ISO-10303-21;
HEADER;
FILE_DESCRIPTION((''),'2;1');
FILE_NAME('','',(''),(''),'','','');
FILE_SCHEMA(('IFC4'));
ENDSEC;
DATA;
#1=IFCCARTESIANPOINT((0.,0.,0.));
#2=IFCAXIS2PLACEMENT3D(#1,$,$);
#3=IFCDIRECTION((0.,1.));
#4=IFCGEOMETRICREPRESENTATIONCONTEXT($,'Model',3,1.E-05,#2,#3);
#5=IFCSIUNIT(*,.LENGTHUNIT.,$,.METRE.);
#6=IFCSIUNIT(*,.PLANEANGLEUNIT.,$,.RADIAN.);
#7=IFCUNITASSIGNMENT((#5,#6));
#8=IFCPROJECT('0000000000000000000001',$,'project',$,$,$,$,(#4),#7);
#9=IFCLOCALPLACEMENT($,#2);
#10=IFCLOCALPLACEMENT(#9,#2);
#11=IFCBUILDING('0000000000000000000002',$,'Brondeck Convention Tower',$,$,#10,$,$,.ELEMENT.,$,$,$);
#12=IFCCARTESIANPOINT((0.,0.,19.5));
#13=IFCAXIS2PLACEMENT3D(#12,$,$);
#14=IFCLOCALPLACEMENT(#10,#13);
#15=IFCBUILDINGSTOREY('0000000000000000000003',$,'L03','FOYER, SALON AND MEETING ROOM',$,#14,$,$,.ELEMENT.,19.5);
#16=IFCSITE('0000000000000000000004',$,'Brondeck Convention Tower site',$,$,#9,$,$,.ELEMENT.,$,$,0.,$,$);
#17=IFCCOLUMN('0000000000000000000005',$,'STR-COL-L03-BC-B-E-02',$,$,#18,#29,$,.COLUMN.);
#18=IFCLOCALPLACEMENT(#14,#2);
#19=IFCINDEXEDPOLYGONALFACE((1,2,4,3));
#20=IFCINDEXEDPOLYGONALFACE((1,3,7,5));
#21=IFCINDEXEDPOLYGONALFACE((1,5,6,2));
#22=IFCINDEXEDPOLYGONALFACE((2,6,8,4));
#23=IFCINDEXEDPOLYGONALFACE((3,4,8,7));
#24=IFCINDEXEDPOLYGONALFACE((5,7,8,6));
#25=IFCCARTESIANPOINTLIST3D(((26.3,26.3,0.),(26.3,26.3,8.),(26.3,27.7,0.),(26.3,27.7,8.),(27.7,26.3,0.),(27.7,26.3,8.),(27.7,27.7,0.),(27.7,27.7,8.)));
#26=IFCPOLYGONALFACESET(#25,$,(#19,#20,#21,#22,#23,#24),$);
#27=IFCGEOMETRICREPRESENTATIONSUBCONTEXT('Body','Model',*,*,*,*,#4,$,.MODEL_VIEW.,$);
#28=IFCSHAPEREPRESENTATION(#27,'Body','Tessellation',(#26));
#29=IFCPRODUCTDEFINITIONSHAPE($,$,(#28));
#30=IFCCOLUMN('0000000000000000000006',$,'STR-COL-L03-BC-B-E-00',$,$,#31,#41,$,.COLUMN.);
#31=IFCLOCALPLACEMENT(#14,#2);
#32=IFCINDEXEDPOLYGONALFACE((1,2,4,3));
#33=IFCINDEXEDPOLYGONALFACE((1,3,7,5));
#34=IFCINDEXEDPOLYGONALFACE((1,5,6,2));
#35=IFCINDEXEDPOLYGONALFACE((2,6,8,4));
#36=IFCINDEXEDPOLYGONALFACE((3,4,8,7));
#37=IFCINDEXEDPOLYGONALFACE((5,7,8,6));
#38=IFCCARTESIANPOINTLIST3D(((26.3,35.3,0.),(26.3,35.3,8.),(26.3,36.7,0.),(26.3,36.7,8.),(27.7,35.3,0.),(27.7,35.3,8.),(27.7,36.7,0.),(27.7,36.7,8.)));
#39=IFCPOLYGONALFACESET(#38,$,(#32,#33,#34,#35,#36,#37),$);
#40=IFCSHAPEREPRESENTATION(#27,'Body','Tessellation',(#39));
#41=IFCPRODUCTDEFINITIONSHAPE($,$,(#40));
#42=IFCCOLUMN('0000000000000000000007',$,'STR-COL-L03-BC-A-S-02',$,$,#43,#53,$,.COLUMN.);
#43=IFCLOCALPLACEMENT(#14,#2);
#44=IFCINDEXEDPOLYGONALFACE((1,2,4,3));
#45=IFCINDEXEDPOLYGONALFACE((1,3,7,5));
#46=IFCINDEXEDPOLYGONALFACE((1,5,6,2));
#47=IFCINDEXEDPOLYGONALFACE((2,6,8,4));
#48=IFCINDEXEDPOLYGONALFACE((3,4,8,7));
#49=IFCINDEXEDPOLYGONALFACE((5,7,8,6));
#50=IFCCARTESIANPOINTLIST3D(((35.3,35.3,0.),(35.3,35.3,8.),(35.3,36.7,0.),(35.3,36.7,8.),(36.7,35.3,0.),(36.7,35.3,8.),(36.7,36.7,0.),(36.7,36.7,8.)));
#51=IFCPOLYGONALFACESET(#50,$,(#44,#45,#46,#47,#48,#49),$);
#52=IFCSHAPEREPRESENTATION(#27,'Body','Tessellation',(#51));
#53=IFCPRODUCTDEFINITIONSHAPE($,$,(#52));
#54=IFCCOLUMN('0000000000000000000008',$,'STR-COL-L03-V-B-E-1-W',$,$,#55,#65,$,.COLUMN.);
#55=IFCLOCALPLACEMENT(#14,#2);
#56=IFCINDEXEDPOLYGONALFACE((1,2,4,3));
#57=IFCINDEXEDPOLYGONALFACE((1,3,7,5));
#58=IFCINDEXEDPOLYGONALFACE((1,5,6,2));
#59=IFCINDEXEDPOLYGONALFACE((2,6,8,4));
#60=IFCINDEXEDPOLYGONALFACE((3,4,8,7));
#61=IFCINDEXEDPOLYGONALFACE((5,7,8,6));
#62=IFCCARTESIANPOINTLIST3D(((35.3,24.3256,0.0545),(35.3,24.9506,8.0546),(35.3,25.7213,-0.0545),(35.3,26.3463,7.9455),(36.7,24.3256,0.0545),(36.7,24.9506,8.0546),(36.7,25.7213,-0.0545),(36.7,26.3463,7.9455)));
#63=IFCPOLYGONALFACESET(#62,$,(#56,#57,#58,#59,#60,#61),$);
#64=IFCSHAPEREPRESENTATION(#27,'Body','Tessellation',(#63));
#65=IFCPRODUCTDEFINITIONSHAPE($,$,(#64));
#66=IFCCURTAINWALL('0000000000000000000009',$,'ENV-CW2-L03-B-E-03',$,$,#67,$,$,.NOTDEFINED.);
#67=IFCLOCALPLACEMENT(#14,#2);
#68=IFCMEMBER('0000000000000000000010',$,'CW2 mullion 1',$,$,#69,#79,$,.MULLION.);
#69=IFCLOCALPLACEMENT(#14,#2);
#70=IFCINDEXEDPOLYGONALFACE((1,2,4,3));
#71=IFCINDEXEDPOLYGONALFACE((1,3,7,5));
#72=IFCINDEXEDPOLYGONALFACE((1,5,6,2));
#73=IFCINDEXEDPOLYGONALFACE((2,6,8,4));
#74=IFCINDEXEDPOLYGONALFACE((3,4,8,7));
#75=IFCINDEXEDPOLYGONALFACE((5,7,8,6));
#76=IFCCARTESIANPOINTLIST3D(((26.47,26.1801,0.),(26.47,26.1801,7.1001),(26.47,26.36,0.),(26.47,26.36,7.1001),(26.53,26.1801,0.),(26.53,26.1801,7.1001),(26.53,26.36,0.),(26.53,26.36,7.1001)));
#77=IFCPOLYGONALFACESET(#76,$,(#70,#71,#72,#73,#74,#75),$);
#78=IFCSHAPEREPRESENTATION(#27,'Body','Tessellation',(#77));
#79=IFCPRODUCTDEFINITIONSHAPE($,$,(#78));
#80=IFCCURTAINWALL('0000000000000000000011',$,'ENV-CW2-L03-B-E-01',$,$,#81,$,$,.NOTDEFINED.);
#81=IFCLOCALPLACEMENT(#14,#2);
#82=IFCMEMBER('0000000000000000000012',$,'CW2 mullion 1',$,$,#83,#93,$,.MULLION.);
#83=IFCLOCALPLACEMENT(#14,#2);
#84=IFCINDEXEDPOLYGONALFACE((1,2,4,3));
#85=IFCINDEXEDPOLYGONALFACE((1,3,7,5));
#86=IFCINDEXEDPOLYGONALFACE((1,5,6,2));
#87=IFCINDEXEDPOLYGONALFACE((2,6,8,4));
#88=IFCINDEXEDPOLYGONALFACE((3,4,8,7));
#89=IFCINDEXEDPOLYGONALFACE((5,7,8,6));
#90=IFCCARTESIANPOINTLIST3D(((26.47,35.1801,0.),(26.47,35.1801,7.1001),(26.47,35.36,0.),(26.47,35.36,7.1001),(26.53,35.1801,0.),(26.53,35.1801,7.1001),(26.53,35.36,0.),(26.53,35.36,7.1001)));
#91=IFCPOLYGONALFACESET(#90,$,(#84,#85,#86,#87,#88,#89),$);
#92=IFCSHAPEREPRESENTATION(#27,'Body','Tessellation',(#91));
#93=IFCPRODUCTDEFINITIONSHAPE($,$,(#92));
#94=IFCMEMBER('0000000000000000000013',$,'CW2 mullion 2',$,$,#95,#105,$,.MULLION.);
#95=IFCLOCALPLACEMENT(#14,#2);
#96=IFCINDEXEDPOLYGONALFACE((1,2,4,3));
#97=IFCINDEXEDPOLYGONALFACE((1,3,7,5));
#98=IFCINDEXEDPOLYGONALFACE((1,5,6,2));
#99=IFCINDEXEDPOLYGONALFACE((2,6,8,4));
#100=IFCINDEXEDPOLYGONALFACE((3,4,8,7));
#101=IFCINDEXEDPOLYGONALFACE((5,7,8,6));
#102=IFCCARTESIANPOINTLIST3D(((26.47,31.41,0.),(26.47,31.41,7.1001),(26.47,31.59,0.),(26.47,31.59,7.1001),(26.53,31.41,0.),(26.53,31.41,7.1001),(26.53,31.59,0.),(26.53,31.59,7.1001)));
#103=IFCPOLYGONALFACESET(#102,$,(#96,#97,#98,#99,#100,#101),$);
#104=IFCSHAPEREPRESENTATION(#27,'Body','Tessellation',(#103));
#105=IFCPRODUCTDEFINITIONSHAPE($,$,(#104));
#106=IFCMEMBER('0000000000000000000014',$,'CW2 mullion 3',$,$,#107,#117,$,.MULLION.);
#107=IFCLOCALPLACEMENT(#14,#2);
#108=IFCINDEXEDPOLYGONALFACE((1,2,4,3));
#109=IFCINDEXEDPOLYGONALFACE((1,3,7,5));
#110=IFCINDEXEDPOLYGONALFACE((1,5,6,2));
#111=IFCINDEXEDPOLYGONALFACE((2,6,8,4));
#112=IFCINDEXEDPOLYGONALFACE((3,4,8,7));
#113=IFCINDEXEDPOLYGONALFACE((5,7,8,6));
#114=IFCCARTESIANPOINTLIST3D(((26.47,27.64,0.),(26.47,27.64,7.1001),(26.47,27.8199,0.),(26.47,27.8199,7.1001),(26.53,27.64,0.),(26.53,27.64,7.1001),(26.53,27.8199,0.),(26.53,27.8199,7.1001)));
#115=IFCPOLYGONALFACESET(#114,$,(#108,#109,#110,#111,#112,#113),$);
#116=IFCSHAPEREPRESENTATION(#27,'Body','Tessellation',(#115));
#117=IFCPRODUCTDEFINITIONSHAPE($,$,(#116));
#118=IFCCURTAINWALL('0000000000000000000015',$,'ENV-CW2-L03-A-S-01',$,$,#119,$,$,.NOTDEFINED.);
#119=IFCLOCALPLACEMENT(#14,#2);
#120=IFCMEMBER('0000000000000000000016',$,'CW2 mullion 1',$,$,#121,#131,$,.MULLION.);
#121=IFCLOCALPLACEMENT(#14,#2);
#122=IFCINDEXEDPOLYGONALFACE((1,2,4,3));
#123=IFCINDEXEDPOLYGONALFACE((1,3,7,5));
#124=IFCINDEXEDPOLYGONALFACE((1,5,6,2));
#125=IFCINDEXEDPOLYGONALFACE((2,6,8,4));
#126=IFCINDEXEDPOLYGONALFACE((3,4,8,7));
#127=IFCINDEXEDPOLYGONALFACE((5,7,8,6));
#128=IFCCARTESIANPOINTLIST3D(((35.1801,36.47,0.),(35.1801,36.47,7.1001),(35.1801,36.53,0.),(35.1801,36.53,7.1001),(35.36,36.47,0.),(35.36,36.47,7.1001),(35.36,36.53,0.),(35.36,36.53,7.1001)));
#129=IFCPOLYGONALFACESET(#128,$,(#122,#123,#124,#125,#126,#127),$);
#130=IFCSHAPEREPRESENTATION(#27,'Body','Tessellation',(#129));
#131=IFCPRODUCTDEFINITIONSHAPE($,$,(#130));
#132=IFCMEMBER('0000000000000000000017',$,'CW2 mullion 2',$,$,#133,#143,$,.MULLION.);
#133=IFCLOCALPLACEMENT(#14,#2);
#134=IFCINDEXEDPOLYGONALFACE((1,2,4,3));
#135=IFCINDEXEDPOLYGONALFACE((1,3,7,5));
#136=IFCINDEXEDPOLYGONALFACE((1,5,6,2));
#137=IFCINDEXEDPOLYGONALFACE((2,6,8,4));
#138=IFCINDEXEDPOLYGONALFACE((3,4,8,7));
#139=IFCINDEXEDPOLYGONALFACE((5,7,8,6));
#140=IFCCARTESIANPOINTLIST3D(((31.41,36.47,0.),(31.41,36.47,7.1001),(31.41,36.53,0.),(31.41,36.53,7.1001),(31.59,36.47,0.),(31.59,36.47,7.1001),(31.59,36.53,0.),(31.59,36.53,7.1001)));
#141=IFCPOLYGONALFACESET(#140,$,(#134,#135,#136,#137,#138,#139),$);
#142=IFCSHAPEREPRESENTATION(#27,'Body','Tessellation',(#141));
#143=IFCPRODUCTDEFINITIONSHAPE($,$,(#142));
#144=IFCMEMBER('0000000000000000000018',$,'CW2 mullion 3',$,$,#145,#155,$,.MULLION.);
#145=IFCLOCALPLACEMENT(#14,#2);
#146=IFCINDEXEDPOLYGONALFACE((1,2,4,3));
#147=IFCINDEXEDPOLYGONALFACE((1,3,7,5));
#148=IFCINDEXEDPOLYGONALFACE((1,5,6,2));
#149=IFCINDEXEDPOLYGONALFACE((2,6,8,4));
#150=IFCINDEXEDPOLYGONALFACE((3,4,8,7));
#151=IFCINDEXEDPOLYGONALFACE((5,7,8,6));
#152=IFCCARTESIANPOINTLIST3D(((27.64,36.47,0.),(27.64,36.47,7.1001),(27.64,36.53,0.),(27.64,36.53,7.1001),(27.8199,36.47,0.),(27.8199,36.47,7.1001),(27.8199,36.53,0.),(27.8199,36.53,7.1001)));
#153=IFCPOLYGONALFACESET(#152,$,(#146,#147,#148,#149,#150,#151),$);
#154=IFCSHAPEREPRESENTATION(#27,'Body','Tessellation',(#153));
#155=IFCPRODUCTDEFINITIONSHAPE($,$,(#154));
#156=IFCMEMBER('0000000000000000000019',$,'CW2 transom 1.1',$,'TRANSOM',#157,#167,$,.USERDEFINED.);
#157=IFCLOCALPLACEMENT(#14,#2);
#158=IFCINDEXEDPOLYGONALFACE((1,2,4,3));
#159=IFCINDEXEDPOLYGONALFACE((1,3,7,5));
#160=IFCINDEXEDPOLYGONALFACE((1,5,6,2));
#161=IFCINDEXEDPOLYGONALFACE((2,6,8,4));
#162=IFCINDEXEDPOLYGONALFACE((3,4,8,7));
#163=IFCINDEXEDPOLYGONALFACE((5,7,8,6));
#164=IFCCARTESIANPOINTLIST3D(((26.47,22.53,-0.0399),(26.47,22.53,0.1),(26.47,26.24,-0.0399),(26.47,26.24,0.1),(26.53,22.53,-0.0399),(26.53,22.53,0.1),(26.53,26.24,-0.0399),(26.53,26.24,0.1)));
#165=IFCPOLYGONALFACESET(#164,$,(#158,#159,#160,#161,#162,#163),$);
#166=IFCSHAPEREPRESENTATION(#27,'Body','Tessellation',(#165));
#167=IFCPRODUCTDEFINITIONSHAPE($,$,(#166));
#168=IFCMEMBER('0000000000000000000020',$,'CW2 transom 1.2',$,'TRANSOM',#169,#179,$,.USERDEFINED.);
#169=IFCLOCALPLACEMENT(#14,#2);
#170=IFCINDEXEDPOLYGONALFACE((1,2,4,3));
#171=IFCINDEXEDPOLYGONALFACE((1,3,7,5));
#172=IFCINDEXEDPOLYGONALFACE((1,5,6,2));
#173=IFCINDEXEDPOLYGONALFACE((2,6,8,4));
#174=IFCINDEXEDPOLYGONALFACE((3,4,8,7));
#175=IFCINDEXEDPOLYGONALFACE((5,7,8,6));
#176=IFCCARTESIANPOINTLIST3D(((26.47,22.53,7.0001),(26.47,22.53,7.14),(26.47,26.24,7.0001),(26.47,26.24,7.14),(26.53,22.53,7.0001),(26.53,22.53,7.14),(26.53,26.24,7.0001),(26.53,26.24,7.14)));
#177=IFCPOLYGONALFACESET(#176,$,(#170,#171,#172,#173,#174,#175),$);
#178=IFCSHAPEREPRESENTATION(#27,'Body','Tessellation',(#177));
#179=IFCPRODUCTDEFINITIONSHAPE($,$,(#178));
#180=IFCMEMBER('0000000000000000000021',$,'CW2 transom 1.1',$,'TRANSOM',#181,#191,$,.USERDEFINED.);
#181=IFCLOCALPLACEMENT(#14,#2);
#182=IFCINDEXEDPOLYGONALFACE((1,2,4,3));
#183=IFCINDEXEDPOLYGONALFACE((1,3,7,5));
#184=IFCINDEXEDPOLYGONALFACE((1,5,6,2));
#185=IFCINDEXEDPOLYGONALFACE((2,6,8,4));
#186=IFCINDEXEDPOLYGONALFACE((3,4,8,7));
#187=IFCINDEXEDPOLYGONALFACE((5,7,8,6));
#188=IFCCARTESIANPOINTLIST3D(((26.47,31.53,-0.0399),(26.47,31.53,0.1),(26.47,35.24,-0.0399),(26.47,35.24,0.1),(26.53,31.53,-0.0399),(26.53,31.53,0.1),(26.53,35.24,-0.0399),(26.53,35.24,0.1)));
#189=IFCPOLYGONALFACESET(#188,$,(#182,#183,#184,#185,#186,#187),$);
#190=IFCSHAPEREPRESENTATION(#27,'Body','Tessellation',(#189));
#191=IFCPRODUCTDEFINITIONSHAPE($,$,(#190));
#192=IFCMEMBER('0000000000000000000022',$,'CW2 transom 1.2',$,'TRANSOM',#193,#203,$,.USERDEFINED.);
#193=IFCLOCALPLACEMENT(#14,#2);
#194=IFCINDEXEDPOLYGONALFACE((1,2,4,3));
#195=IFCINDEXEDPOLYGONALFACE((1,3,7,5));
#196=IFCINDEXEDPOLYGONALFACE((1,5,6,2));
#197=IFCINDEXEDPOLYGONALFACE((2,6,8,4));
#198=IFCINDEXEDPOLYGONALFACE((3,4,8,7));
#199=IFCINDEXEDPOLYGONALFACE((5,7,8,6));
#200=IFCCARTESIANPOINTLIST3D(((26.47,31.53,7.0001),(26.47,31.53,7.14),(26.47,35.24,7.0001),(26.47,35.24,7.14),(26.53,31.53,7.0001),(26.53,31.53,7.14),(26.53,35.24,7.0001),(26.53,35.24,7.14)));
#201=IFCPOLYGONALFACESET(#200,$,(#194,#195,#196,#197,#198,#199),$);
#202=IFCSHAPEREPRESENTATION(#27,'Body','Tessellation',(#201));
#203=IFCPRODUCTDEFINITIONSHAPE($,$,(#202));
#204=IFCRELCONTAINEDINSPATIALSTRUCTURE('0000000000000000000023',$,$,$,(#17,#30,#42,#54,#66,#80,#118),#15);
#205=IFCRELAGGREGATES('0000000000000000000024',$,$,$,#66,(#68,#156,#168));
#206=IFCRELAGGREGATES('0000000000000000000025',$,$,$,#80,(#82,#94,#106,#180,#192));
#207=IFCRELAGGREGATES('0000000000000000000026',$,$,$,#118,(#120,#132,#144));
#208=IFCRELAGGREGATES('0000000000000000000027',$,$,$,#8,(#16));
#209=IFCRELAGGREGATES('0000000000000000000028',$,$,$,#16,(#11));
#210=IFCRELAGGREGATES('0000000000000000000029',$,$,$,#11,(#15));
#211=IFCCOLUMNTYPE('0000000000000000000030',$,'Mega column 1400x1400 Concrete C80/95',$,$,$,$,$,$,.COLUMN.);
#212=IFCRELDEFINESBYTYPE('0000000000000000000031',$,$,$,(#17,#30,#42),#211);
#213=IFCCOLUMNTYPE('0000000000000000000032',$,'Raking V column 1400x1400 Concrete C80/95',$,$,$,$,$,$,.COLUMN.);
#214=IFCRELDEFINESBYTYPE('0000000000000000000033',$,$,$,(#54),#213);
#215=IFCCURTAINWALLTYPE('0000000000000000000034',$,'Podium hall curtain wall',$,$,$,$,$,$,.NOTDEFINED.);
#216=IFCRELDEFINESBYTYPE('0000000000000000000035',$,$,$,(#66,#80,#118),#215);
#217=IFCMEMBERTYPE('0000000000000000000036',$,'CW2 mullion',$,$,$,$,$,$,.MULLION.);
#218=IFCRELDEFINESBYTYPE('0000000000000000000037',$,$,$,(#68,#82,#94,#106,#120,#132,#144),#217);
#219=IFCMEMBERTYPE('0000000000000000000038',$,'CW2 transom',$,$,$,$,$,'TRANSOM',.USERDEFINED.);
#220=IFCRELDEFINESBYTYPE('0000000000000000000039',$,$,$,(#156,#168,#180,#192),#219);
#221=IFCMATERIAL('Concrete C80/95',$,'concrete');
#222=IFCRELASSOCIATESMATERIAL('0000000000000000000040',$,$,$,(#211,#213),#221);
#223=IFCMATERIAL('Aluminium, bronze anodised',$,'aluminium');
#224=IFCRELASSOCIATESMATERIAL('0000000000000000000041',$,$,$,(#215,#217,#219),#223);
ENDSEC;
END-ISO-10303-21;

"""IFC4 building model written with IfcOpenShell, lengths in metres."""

from ifc_helpers import new_model, si_unit, direction, frame, origin, origin_2d, place, context, subcontext, project, spatial, rectangle, extrude, material, material_profile, profile_set, type_object, element, aggregate, save


model = new_model("IFC4")

# Units and contexts
model_context = context("Model", 3, precision=1e-05, world=origin(), true_north=direction((0.0, 1.0)))
body_context = subcontext(model_context, "Body", "Model", "MODEL_VIEW")
ifc_project = project(units=[si_unit("LENGTHUNIT", "METRE"), si_unit("PLANEANGLEUNIT", "RADIAN")], contexts=[model_context])

# Site, building, storey
site_placement = place(None, origin())
site = spatial("IfcSite", under=ifc_project, at=site_placement, Name="Brondeck Convention Tower site", CompositionType="ELEMENT", RefElevation=0.0)
building_placement = place(site_placement, origin())
building = spatial("IfcBuilding", under=site, at=building_placement, Name="Brondeck Convention Tower", CompositionType="ELEMENT")
storey_placement = place(building_placement, frame((0.0, 0.0, 19.5)))
storey = spatial("IfcBuildingStorey", under=building, at=storey_placement, Name="L03", Description="FOYER, SALON AND MEETING ROOM", CompositionType="ELEMENT", Elevation=19.5)

# Columns
ifc_material_1 = material(Name="Concrete C80/95", Category="concrete")
ifc_material_profile_1 = material_profile(ifc_material_1, rectangle(XDim=1.3999, YDim=1.3999, at=origin_2d()), Name="Mega column 1400x1400 Concrete C80/95")
ifc_profile_set_1 = profile_set([ifc_material_profile_1], Name="Concrete C80/95")
column_type_1 = type_object("IfcColumnType", Name="Mega column 1400x1400 Concrete C80/95", PredefinedType="COLUMN", material=ifc_profile_set_1)
for number, where, z_axis, x_axis, name in (
    (1, (27.0, 27.0, 0.0), (0.0, 0.0, 1.0), (1.0, 0.0, 0.0), "STR-COL-L03-BC-B-E-02"),
    (2, (27.0, 36.0, 0.0), (0.0, 0.0, 1.0), (1.0, 0.0, 0.0), "STR-COL-L03-BC-B-E-00"),
    (3, (36.0, 36.0, 0.0), (0.0, 0.0, 1.0), (1.0, 0.0, 0.0), "STR-COL-L03-BC-A-S-02"),
):
    element("IfcColumn", number, at=place(storey_placement, frame(where, z_axis=z_axis, x_axis=x_axis)), inside=storey, type_object=column_type_1, Name=name, PredefinedType="COLUMN", context=body_context, shape_type="SweptSolid", body=[
        extrude(rectangle(XDim=1.3999, YDim=1.3999, at=origin_2d()), origin(), (0.0, 0.0, 1.0), 8.0),
    ])
ifc_material_profile_2 = material_profile(ifc_material_1, rectangle(XDim=1.3999, YDim=1.3999, at=origin_2d()), Name="Raking V column 1400x1400 Concrete C80/95")
ifc_profile_set_2 = profile_set([ifc_material_profile_2], Name="Concrete C80/95")
column_type_2 = type_object("IfcColumnType", Name="Raking V column 1400x1400 Concrete C80/95", PredefinedType="COLUMN", material=ifc_profile_set_2)
column_placement = place(storey_placement, frame((36.0, 25.0234, 0.0), z_axis=(0.0, 0.077888, 0.996962), x_axis=(-1.0, 0.0, 0.0)))
element("IfcColumn", 4, at=column_placement, inside=storey, type_object=column_type_2, Name="STR-COL-L03-V-B-E-1-W", PredefinedType="COLUMN", context=body_context, shape_type="SweptSolid", body=[
    extrude(rectangle(XDim=1.3999, YDim=1.3999, at=origin_2d()), origin(), (0.0, 0.0, 1.0), 8.0244),
])

# Curtain wall, member
ifc_material_2 = material(Name="Aluminium, bronze anodised", Category="aluminium")
curtain_wall_type = type_object("IfcCurtainWallType", Name="Podium hall curtain wall", PredefinedType="NOTDEFINED", material=ifc_material_2)
curtain_wall_1_placement = place(storey_placement, origin())
curtain_wall_1 = element("IfcCurtainWall", 5, at=curtain_wall_1_placement, inside=storey, type_object=curtain_wall_type, Name="ENV-CW2-L03-B-E-03", PredefinedType="NOTDEFINED")
ifc_material_profile_3 = material_profile(ifc_material_2, rectangle(XDim=0.0601, YDim=0.1799, at=origin_2d()), Name="CW2 mullion")
ifc_profile_set_3 = profile_set([ifc_material_profile_3], Name="Aluminium, bronze anodised")
member_type_1 = type_object("IfcMemberType", Name="CW2 mullion", PredefinedType="MULLION", material=ifc_profile_set_3)
member_1_placement = place(storey_placement, frame((26.5, 26.27, 0.0), z_axis=(0.0, 0.0, 1.0), x_axis=(1.0, 0.0, 0.0)))
member_1 = element("IfcMember", 6, at=member_1_placement, type_object=member_type_1, Name="CW2 mullion 1", PredefinedType="MULLION", context=body_context, shape_type="SweptSolid", body=[
    extrude(rectangle(XDim=0.0601, YDim=0.1799, at=origin_2d()), origin(), (0.0, 0.0, 1.0), 7.1001),
])

# Curtain walls, members
curtain_wall_2_placement = place(storey_placement, origin())
curtain_wall_2 = element("IfcCurtainWall", 7, at=curtain_wall_2_placement, inside=storey, type_object=curtain_wall_type, Name="ENV-CW2-L03-B-E-01", PredefinedType="NOTDEFINED")
member_2_placement = place(storey_placement, frame((26.5, 35.27, 0.0), z_axis=(0.0, 0.0, 1.0), x_axis=(1.0, 0.0, 0.0)))
member_2 = element("IfcMember", 8, at=member_2_placement, type_object=member_type_1, Name="CW2 mullion 1", PredefinedType="MULLION", context=body_context, shape_type="SweptSolid", body=[
    extrude(rectangle(XDim=0.0601, YDim=0.1799, at=origin_2d()), origin(), (0.0, 0.0, 1.0), 7.1001),
])
member_3_placement = place(storey_placement, frame((26.5, 31.5, 0.0), z_axis=(0.0, 0.0, 1.0), x_axis=(1.0, 0.0, 0.0)))
member_3 = element("IfcMember", 9, at=member_3_placement, type_object=member_type_1, Name="CW2 mullion 2", PredefinedType="MULLION", context=body_context, shape_type="SweptSolid", body=[
    extrude(rectangle(XDim=0.0601, YDim=0.1799, at=origin_2d()), origin(), (0.0, 0.0, 1.0), 7.1001),
])
member_4_placement = place(storey_placement, frame((26.5, 27.73, 0.0), z_axis=(0.0, 0.0, 1.0), x_axis=(1.0, 0.0, 0.0)))
member_4 = element("IfcMember", 10, at=member_4_placement, type_object=member_type_1, Name="CW2 mullion 3", PredefinedType="MULLION", context=body_context, shape_type="SweptSolid", body=[
    extrude(rectangle(XDim=0.0601, YDim=0.1799, at=origin_2d()), origin(), (0.0, 0.0, 1.0), 7.1001),
])
curtain_wall_3_placement = place(storey_placement, origin())
curtain_wall_3 = element("IfcCurtainWall", 11, at=curtain_wall_3_placement, inside=storey, type_object=curtain_wall_type, Name="ENV-CW2-L03-A-S-01", PredefinedType="NOTDEFINED")
member_5_placement = place(storey_placement, frame((35.27, 36.5, 0.0), z_axis=(0.0, 0.0, 1.0), x_axis=(0.0, -1.0, 0.0)))
member_5 = element("IfcMember", 12, at=member_5_placement, type_object=member_type_1, Name="CW2 mullion 1", PredefinedType="MULLION", context=body_context, shape_type="SweptSolid", body=[
    extrude(rectangle(XDim=0.0601, YDim=0.1799, at=origin_2d()), origin(), (0.0, 0.0, 1.0), 7.1001),
])
member_6_placement = place(storey_placement, frame((31.5, 36.5, 0.0), z_axis=(0.0, 0.0, 1.0), x_axis=(0.0, -1.0, 0.0)))
member_6 = element("IfcMember", 13, at=member_6_placement, type_object=member_type_1, Name="CW2 mullion 2", PredefinedType="MULLION", context=body_context, shape_type="SweptSolid", body=[
    extrude(rectangle(XDim=0.0601, YDim=0.1799, at=origin_2d()), origin(), (0.0, 0.0, 1.0), 7.1001),
])
member_7_placement = place(storey_placement, frame((27.73, 36.5, 0.0), z_axis=(0.0, 0.0, 1.0), x_axis=(0.0, -1.0, 0.0)))
member_7 = element("IfcMember", 14, at=member_7_placement, type_object=member_type_1, Name="CW2 mullion 3", PredefinedType="MULLION", context=body_context, shape_type="SweptSolid", body=[
    extrude(rectangle(XDim=0.0601, YDim=0.1799, at=origin_2d()), origin(), (0.0, 0.0, 1.0), 7.1001),
])

# Members
ifc_material_profile_4 = material_profile(ifc_material_2, rectangle(XDim=0.0601, YDim=0.1399, at=origin_2d()), Name="CW2 transom")
ifc_profile_set_4 = profile_set([ifc_material_profile_4], Name="Aluminium, bronze anodised")
member_type_2 = type_object("IfcMemberType", Name="CW2 transom", ElementType="TRANSOM", PredefinedType="USERDEFINED", material=ifc_profile_set_4)
member_8_placement = place(storey_placement, frame((26.5, 26.24, 0.03), z_axis=(0.0, -1.0, 0.0), x_axis=(1.0, 0.0, 0.0)))
member_8 = element("IfcMember", 15, at=member_8_placement, type_object=member_type_2, Name="CW2 transom 1.1", ObjectType="TRANSOM", PredefinedType="USERDEFINED", context=body_context, shape_type="SweptSolid", body=[
    extrude(rectangle(XDim=0.0601, YDim=0.1399, at=origin_2d()), origin(), (0.0, 0.0, 1.0), 3.71),
])
member_9_placement = place(storey_placement, frame((26.5, 26.24, 7.0701), z_axis=(0.0, -1.0, 0.0), x_axis=(1.0, 0.0, 0.0)))
member_9 = element("IfcMember", 16, at=member_9_placement, type_object=member_type_2, Name="CW2 transom 1.2", ObjectType="TRANSOM", PredefinedType="USERDEFINED", context=body_context, shape_type="SweptSolid", body=[
    extrude(rectangle(XDim=0.0601, YDim=0.1399, at=origin_2d()), origin(), (0.0, 0.0, 1.0), 3.71),
])
member_10_placement = place(storey_placement, frame((26.5, 35.24, 0.03), z_axis=(0.0, -1.0, 0.0), x_axis=(1.0, 0.0, 0.0)))
member_10 = element("IfcMember", 17, at=member_10_placement, type_object=member_type_2, Name="CW2 transom 1.1", ObjectType="TRANSOM", PredefinedType="USERDEFINED", context=body_context, shape_type="SweptSolid", body=[
    extrude(rectangle(XDim=0.0601, YDim=0.1399, at=origin_2d()), origin(), (0.0, 0.0, 1.0), 3.71),
])
member_11_placement = place(storey_placement, frame((26.5, 35.24, 7.0701), z_axis=(0.0, -1.0, 0.0), x_axis=(1.0, 0.0, 0.0)))
member_11 = element("IfcMember", 18, at=member_11_placement, type_object=member_type_2, Name="CW2 transom 1.2", ObjectType="TRANSOM", PredefinedType="USERDEFINED", context=body_context, shape_type="SweptSolid", body=[
    extrude(rectangle(XDim=0.0601, YDim=0.1399, at=origin_2d()), origin(), (0.0, 0.0, 1.0), 3.71),
])

aggregate(curtain_wall_1, [member_1, member_8, member_9])
aggregate(curtain_wall_2, [member_2, member_3, member_4, member_10, member_11])
aggregate(curtain_wall_3, [member_5, member_6, member_7])

save(model, "model.ifc")
